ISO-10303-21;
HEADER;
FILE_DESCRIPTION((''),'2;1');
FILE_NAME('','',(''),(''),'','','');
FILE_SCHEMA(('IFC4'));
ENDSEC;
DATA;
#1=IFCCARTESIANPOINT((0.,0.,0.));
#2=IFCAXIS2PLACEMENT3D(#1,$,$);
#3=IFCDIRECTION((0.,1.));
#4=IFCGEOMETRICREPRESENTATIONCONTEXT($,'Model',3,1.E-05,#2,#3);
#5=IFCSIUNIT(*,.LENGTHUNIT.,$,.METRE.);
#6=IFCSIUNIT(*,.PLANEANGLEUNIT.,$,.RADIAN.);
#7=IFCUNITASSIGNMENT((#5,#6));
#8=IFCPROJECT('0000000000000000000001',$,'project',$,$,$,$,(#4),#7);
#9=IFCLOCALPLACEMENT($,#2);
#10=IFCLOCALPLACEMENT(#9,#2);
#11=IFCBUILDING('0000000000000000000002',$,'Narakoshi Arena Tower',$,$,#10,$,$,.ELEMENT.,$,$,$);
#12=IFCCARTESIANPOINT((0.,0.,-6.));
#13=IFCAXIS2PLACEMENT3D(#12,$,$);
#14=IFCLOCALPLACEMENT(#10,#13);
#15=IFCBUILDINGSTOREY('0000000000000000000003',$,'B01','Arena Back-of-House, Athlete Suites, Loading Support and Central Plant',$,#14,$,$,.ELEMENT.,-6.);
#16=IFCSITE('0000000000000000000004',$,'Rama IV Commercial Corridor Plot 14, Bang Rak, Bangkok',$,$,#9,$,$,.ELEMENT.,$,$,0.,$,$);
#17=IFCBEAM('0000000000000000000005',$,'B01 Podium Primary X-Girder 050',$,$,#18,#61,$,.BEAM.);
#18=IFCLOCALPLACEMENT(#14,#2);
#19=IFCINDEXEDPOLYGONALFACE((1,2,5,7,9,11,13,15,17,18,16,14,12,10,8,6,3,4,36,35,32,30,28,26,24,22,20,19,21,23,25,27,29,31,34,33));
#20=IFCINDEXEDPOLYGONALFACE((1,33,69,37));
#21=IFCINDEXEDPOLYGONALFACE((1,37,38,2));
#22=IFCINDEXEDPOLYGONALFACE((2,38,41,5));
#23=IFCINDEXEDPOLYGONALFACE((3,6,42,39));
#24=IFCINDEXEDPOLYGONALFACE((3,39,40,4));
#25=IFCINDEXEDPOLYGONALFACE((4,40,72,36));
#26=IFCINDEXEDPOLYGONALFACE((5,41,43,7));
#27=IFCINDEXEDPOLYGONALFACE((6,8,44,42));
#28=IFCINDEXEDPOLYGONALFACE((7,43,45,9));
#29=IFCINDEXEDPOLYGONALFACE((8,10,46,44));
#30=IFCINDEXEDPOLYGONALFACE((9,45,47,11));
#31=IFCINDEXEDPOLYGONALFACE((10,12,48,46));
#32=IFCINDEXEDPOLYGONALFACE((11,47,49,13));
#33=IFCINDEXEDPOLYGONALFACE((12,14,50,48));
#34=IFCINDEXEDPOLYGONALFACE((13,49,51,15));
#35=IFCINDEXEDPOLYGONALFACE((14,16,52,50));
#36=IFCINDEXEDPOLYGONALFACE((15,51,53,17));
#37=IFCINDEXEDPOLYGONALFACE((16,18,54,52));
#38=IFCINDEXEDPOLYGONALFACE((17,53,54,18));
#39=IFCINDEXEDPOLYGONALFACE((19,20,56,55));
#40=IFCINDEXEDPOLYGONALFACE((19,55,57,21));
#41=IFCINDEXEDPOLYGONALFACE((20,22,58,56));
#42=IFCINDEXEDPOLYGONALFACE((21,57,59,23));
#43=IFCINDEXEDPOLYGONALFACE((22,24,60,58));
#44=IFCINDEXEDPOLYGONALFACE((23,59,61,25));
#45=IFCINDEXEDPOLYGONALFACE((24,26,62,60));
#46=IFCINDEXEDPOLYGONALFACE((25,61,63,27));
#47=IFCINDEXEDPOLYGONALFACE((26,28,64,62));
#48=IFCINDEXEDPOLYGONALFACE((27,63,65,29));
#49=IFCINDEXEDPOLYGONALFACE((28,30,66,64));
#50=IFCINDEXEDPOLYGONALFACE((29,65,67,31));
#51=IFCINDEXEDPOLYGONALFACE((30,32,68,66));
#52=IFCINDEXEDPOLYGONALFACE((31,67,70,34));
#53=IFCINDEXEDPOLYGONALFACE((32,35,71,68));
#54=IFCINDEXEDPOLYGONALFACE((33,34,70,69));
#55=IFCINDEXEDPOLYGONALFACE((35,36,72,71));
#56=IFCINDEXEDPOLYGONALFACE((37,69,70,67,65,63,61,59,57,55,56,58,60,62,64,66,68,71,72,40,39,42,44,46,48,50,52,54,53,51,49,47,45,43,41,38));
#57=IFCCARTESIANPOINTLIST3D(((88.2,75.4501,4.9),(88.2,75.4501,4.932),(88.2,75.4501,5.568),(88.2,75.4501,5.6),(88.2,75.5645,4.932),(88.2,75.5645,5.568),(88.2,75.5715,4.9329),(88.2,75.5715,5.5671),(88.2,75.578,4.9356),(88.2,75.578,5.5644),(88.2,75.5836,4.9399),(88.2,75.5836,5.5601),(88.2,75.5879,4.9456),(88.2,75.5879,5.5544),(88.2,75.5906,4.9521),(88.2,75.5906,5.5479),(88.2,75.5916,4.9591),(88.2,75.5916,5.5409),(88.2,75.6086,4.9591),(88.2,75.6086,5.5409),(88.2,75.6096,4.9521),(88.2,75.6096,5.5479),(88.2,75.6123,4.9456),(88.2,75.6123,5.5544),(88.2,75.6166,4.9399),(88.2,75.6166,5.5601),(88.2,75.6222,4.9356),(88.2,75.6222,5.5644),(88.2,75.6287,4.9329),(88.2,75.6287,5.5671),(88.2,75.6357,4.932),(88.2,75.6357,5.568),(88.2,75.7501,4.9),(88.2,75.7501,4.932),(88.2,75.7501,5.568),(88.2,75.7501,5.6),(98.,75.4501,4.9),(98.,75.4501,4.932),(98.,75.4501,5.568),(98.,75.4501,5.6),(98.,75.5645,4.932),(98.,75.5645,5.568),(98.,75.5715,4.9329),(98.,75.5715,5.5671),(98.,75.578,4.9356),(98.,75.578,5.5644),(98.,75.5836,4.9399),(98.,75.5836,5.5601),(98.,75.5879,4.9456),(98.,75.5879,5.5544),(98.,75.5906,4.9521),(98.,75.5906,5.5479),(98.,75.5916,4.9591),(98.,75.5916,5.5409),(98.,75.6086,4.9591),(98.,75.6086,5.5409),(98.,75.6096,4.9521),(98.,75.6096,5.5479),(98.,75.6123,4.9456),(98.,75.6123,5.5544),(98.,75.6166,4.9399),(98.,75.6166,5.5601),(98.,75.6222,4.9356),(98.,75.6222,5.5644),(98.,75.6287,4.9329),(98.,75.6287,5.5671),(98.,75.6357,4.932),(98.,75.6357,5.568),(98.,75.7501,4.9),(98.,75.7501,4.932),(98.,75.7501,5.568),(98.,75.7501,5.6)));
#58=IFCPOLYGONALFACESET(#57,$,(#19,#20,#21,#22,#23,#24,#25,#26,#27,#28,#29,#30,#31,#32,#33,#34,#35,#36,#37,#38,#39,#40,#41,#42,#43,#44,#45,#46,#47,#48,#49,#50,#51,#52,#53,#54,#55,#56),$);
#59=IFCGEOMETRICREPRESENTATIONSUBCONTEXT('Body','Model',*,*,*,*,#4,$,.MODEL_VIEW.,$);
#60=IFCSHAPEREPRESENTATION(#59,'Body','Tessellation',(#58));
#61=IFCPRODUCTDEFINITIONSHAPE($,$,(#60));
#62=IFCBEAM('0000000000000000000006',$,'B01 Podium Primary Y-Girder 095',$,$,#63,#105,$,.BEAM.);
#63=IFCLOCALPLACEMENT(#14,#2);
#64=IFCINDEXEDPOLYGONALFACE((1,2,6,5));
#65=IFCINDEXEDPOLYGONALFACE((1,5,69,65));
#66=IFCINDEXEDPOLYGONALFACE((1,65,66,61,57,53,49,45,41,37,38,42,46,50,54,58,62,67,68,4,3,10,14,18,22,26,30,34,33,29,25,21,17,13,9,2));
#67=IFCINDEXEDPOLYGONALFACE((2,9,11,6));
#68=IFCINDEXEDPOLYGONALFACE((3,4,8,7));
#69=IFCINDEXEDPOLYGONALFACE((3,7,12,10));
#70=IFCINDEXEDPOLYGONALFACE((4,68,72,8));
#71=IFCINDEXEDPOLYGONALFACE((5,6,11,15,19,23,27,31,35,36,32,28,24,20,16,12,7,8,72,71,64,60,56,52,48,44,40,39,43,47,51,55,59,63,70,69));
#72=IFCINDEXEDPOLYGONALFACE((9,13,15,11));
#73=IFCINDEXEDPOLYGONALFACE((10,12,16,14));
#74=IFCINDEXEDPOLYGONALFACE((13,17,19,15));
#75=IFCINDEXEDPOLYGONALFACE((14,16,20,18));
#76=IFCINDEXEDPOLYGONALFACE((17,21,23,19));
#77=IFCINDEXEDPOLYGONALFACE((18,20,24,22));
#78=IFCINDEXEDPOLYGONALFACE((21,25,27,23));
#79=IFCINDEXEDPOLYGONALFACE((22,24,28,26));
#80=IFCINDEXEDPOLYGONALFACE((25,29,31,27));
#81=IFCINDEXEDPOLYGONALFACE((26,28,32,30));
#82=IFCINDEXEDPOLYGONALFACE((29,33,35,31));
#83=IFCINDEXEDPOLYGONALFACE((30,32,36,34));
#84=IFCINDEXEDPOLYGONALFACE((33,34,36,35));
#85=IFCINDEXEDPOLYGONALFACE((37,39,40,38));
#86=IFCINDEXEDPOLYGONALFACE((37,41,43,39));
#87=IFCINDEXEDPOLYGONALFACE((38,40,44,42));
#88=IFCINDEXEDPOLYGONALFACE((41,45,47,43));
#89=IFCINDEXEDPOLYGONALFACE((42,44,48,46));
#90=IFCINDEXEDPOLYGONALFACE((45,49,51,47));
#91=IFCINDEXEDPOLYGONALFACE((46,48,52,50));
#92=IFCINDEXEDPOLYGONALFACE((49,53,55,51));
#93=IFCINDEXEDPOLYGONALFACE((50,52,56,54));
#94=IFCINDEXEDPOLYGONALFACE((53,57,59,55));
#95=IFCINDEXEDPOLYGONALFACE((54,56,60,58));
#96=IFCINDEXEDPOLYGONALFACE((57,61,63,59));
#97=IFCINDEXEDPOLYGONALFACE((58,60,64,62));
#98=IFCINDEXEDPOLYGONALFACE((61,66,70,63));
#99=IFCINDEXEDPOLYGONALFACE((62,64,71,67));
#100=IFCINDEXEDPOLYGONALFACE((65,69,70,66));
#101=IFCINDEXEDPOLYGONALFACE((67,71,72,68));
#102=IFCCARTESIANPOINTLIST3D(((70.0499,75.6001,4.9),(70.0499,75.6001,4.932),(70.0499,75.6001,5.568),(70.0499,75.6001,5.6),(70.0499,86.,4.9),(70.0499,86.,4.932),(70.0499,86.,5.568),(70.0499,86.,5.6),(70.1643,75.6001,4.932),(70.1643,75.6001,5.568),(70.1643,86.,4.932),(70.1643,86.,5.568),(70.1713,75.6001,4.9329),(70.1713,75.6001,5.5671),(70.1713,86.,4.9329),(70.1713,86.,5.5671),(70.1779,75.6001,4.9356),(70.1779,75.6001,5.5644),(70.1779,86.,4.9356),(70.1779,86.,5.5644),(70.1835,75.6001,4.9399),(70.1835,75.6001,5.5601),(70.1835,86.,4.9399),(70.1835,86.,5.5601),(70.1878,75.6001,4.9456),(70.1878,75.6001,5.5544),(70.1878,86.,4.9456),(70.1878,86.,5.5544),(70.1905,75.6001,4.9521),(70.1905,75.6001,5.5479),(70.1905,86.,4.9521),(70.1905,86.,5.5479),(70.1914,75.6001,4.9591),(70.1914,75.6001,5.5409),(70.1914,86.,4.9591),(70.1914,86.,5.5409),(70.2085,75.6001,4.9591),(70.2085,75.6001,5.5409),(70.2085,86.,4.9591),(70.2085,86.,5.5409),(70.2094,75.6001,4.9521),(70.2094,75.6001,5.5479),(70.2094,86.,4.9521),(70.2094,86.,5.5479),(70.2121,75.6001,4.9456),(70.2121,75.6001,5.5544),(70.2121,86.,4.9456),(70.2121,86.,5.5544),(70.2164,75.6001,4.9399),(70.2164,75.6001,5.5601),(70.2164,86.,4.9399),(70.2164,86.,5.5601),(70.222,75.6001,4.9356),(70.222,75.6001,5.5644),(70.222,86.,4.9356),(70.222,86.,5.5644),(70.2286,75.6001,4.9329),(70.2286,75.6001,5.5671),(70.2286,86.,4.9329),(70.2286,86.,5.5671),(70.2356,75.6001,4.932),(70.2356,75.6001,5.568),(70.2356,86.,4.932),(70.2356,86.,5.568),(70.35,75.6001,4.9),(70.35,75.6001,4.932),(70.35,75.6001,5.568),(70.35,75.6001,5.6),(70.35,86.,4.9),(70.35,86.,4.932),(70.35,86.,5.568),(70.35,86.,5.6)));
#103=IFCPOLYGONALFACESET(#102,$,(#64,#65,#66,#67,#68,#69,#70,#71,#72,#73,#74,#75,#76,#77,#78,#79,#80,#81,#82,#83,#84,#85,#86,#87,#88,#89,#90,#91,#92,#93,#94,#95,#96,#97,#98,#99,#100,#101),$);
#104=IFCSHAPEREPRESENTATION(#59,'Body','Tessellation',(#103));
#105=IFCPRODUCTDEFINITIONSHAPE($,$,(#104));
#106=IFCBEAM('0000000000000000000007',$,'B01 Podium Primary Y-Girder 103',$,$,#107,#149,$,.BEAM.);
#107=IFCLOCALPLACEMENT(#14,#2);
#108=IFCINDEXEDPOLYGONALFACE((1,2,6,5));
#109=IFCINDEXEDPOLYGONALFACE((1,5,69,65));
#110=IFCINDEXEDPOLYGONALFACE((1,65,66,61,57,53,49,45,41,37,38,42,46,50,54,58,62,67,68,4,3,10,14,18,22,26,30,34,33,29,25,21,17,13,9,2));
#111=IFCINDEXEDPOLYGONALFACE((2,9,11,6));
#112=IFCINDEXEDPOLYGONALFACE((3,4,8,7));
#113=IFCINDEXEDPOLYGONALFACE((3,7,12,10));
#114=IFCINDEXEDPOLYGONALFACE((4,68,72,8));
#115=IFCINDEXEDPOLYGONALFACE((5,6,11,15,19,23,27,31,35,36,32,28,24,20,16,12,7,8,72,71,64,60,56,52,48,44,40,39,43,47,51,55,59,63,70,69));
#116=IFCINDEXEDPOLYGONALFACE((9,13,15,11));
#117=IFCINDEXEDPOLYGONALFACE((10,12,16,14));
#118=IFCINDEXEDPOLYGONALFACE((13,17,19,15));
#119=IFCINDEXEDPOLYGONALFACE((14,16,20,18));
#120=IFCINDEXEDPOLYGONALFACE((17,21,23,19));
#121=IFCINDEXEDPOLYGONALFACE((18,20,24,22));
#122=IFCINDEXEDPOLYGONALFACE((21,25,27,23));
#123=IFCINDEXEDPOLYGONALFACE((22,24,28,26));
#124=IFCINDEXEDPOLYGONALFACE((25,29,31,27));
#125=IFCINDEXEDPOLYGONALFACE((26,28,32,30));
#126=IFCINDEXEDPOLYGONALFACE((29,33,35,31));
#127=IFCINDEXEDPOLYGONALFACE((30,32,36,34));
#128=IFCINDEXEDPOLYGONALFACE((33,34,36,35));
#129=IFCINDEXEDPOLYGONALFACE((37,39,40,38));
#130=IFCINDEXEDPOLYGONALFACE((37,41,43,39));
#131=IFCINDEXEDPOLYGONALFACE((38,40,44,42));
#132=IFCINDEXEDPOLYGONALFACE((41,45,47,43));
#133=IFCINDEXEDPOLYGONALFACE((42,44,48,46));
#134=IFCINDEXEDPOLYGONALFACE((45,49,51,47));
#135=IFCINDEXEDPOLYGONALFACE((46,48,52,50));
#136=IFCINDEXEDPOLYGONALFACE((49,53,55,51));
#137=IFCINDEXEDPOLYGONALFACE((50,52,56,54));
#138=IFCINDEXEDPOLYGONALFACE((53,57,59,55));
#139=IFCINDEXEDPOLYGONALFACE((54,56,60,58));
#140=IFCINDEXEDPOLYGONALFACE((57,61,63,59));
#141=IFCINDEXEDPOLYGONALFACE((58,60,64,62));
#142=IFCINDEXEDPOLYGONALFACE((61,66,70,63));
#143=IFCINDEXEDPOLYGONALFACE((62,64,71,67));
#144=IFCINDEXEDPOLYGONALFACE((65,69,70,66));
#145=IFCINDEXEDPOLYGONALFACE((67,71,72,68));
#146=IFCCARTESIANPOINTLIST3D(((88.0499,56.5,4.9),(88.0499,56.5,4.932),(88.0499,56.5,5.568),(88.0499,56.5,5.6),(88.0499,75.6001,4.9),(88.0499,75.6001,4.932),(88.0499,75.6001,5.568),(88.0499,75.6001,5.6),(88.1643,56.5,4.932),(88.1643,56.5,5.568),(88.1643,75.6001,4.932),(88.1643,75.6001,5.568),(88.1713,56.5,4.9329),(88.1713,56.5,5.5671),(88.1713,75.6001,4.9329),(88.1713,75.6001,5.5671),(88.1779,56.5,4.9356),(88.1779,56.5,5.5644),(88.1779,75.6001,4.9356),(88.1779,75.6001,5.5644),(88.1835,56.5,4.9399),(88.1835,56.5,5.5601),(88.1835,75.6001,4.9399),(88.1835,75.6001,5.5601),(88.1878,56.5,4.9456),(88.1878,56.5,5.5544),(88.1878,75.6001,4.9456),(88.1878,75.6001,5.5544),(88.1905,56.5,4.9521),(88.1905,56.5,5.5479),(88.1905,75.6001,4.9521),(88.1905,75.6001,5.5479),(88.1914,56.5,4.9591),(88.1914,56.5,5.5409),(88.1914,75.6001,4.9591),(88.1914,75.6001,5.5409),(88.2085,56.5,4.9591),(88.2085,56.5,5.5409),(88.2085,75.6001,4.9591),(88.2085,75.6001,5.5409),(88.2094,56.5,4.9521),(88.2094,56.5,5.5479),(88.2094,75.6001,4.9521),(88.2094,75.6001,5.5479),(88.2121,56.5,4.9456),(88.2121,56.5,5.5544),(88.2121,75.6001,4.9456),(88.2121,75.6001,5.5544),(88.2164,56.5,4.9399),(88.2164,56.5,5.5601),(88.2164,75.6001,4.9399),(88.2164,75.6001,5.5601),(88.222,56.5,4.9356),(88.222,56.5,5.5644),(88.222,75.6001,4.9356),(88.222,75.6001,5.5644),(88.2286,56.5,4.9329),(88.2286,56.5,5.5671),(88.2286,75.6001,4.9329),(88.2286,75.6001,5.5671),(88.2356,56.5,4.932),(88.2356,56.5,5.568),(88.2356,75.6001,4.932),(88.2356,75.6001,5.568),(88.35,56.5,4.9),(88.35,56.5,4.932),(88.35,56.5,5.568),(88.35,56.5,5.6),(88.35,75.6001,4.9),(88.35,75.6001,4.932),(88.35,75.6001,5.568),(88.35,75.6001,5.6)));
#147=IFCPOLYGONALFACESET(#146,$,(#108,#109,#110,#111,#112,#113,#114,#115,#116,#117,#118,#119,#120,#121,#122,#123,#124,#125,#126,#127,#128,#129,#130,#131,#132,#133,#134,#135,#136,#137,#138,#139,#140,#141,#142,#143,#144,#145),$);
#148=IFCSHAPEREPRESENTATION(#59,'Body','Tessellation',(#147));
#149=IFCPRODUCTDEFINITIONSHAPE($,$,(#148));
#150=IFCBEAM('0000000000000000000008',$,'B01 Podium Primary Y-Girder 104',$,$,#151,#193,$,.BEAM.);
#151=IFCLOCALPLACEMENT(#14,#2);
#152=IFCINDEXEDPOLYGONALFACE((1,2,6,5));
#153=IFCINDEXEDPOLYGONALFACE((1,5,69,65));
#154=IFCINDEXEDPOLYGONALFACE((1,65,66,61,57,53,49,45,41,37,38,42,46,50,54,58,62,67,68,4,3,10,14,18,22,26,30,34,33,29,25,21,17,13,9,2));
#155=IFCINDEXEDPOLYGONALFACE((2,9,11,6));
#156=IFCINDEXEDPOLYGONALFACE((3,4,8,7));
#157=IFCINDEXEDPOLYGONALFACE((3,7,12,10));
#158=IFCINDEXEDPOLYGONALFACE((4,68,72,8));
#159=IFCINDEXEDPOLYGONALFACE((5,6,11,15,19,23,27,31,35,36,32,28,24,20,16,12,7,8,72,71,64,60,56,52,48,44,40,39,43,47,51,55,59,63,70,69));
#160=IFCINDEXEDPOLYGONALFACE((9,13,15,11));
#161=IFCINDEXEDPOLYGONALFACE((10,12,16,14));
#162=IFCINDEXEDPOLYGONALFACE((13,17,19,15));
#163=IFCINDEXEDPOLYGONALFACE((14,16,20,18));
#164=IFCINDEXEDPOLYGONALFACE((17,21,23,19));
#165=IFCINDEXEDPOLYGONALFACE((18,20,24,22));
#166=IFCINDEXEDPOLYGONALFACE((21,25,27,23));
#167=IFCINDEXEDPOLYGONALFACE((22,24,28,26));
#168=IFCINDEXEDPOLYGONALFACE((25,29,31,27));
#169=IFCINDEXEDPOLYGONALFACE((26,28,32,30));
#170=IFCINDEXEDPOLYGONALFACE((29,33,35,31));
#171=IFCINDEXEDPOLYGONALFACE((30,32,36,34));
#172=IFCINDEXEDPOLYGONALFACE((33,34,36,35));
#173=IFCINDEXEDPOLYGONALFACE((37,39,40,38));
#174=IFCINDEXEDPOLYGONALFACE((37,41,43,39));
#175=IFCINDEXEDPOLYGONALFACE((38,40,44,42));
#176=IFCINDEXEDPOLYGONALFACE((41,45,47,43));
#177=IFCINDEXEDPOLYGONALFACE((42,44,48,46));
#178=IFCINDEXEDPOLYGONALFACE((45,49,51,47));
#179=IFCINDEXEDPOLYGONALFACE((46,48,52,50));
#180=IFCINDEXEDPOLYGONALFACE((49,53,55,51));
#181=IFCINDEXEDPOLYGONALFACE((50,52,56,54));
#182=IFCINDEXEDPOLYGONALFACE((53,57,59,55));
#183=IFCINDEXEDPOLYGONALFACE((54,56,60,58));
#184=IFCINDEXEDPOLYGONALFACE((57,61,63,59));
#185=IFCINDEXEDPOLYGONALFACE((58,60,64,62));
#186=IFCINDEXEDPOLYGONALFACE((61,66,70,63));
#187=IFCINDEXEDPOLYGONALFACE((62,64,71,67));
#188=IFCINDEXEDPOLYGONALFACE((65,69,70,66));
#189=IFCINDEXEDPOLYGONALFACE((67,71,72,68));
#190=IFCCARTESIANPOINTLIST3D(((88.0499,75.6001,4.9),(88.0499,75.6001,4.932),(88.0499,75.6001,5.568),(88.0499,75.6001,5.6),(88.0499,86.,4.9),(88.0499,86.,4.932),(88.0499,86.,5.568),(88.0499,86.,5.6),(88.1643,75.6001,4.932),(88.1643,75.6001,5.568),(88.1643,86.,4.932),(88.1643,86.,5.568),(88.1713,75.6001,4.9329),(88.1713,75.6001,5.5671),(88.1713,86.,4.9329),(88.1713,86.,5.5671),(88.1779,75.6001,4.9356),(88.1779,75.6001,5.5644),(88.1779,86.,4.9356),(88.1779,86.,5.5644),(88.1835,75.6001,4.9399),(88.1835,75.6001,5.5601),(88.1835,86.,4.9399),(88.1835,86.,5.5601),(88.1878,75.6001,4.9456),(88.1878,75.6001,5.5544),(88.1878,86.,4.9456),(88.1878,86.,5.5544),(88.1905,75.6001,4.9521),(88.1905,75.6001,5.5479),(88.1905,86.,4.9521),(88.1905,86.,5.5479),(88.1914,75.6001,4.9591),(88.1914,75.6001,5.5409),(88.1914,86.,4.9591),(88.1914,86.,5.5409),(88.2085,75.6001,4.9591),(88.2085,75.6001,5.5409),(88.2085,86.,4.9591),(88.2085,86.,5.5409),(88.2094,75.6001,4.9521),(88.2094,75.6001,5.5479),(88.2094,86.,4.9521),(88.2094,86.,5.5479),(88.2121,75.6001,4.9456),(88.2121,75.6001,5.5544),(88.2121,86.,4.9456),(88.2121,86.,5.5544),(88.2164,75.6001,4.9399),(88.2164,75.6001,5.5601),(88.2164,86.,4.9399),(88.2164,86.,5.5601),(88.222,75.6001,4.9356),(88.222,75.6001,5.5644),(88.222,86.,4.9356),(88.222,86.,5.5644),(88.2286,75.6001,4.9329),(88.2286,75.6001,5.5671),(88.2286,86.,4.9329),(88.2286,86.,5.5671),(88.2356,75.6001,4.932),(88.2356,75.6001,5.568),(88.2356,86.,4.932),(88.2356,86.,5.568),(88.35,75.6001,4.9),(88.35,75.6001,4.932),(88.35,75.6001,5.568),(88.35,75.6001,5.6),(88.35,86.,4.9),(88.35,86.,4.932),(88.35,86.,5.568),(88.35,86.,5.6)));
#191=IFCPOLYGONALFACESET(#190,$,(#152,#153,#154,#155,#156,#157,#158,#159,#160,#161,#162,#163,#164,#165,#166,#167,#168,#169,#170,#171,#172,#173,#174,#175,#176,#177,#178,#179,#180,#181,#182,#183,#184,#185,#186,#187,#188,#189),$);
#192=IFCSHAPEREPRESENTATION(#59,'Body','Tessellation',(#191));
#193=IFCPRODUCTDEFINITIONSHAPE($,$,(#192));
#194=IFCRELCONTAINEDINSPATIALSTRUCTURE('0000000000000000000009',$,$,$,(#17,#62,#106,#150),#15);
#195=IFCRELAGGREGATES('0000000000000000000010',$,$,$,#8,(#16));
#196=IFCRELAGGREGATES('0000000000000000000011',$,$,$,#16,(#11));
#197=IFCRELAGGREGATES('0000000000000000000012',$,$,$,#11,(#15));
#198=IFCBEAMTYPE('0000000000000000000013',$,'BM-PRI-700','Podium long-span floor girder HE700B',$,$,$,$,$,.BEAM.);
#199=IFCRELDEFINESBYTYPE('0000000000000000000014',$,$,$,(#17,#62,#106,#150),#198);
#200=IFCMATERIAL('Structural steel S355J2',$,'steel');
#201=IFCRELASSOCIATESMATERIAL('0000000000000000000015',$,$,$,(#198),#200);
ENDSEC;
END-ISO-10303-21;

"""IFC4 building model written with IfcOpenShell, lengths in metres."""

from ifc_helpers import new_model, si_unit, direction, frame, origin, origin_2d, place, context, subcontext, project, spatial, i_section, extrude, material, material_profile, profile_set, type_object, element, save


model = new_model("IFC4")

# Units and contexts
model_context = context("Model", 3, precision=1e-05, world=origin(), true_north=direction((0.0, 1.0)))
body_context = subcontext(model_context, "Body", "Model", "MODEL_VIEW")
ifc_project = project(units=[si_unit("LENGTHUNIT", "METRE"), si_unit("PLANEANGLEUNIT", "RADIAN")], contexts=[model_context])

# Site, building, storey
site_placement = place(None, origin())
site = spatial("IfcSite", under=ifc_project, at=site_placement, Name="Rama IV Commercial Corridor Plot 14, Bang Rak, Bangkok", CompositionType="ELEMENT", RefElevation=0.0)
building_placement = place(site_placement, origin())
building = spatial("IfcBuilding", under=site, at=building_placement, Name="Narakoshi Arena Tower", CompositionType="ELEMENT")
storey_placement = place(building_placement, frame((0.0, 0.0, -6.0)))
storey = spatial("IfcBuildingStorey", under=building, at=storey_placement, Name="B01", Description="Arena Back-of-House, Athlete Suites, Loading Support and Central Plant", CompositionType="ELEMENT", Elevation=-6.0)

# Beams
ifc_material_1 = material(Name="Structural steel S355J2", Category="steel")
ifc_material_profile_1 = material_profile(ifc_material_1, i_section(OverallWidth=0.3, OverallDepth=0.7, WebThickness=0.0171, FlangeThickness=0.032, FilletRadius=0.0271, at=origin_2d()), Name="HE700B")
ifc_profile_set_1 = profile_set([ifc_material_profile_1], Name="Structural steel S355J2")
beam_type_1 = type_object("IfcBeamType", Name="BM-PRI-700", Description="Podium long-span floor girder HE700B", PredefinedType="BEAM", material=ifc_profile_set_1)
beam_1_placement = place(storey_placement, frame((88.2, 75.6001, 5.25), z_axis=(1.0, 0.0, 0.0), x_axis=(0.0, 1.0, 0.0)))
element("IfcBeam", 1, at=beam_1_placement, inside=storey, type_object=beam_type_1, Name="B01 Podium Primary X-Girder 050", PredefinedType="BEAM", context=body_context, shape_type="SweptSolid", body=[
    extrude(i_section(OverallWidth=0.3, OverallDepth=0.7, WebThickness=0.0171, FlangeThickness=0.032, FilletRadius=0.0271, at=origin_2d()), origin(), (0.0, 0.0, 1.0), 9.8),
])
beam_2_placement = place(storey_placement, frame((70.2, 75.6001, 5.25), z_axis=(0.0, 1.0, 0.0), x_axis=(-1.0, 0.0, 0.0)))
element("IfcBeam", 2, at=beam_2_placement, inside=storey, type_object=beam_type_1, Name="B01 Podium Primary Y-Girder 095", PredefinedType="BEAM", context=body_context, shape_type="SweptSolid", body=[
    extrude(i_section(OverallWidth=0.3, OverallDepth=0.7, WebThickness=0.0171, FlangeThickness=0.032, FilletRadius=0.0271, at=origin_2d()), origin(), (0.0, 0.0, 1.0), 10.3999),
])
beam_3_placement = place(storey_placement, frame((88.2, 56.5, 5.25), z_axis=(0.0, 1.0, 0.0), x_axis=(-1.0, 0.0, 0.0)))
element("IfcBeam", 3, at=beam_3_placement, inside=storey, type_object=beam_type_1, Name="B01 Podium Primary Y-Girder 103", PredefinedType="BEAM", context=body_context, shape_type="SweptSolid", body=[
    extrude(i_section(OverallWidth=0.3, OverallDepth=0.7, WebThickness=0.0171, FlangeThickness=0.032, FilletRadius=0.0271, at=origin_2d()), origin(), (0.0, 0.0, 1.0), 19.1001),
])
beam_4_placement = place(storey_placement, frame((88.2, 75.6001, 5.25), z_axis=(0.0, 1.0, 0.0), x_axis=(-1.0, 0.0, 0.0)))
element("IfcBeam", 4, at=beam_4_placement, inside=storey, type_object=beam_type_1, Name="B01 Podium Primary Y-Girder 104", PredefinedType="BEAM", context=body_context, shape_type="SweptSolid", body=[
    extrude(i_section(OverallWidth=0.3, OverallDepth=0.7, WebThickness=0.0171, FlangeThickness=0.032, FilletRadius=0.0271, at=origin_2d()), origin(), (0.0, 0.0, 1.0), 10.3999),
])

save(model, "model.ifc")
